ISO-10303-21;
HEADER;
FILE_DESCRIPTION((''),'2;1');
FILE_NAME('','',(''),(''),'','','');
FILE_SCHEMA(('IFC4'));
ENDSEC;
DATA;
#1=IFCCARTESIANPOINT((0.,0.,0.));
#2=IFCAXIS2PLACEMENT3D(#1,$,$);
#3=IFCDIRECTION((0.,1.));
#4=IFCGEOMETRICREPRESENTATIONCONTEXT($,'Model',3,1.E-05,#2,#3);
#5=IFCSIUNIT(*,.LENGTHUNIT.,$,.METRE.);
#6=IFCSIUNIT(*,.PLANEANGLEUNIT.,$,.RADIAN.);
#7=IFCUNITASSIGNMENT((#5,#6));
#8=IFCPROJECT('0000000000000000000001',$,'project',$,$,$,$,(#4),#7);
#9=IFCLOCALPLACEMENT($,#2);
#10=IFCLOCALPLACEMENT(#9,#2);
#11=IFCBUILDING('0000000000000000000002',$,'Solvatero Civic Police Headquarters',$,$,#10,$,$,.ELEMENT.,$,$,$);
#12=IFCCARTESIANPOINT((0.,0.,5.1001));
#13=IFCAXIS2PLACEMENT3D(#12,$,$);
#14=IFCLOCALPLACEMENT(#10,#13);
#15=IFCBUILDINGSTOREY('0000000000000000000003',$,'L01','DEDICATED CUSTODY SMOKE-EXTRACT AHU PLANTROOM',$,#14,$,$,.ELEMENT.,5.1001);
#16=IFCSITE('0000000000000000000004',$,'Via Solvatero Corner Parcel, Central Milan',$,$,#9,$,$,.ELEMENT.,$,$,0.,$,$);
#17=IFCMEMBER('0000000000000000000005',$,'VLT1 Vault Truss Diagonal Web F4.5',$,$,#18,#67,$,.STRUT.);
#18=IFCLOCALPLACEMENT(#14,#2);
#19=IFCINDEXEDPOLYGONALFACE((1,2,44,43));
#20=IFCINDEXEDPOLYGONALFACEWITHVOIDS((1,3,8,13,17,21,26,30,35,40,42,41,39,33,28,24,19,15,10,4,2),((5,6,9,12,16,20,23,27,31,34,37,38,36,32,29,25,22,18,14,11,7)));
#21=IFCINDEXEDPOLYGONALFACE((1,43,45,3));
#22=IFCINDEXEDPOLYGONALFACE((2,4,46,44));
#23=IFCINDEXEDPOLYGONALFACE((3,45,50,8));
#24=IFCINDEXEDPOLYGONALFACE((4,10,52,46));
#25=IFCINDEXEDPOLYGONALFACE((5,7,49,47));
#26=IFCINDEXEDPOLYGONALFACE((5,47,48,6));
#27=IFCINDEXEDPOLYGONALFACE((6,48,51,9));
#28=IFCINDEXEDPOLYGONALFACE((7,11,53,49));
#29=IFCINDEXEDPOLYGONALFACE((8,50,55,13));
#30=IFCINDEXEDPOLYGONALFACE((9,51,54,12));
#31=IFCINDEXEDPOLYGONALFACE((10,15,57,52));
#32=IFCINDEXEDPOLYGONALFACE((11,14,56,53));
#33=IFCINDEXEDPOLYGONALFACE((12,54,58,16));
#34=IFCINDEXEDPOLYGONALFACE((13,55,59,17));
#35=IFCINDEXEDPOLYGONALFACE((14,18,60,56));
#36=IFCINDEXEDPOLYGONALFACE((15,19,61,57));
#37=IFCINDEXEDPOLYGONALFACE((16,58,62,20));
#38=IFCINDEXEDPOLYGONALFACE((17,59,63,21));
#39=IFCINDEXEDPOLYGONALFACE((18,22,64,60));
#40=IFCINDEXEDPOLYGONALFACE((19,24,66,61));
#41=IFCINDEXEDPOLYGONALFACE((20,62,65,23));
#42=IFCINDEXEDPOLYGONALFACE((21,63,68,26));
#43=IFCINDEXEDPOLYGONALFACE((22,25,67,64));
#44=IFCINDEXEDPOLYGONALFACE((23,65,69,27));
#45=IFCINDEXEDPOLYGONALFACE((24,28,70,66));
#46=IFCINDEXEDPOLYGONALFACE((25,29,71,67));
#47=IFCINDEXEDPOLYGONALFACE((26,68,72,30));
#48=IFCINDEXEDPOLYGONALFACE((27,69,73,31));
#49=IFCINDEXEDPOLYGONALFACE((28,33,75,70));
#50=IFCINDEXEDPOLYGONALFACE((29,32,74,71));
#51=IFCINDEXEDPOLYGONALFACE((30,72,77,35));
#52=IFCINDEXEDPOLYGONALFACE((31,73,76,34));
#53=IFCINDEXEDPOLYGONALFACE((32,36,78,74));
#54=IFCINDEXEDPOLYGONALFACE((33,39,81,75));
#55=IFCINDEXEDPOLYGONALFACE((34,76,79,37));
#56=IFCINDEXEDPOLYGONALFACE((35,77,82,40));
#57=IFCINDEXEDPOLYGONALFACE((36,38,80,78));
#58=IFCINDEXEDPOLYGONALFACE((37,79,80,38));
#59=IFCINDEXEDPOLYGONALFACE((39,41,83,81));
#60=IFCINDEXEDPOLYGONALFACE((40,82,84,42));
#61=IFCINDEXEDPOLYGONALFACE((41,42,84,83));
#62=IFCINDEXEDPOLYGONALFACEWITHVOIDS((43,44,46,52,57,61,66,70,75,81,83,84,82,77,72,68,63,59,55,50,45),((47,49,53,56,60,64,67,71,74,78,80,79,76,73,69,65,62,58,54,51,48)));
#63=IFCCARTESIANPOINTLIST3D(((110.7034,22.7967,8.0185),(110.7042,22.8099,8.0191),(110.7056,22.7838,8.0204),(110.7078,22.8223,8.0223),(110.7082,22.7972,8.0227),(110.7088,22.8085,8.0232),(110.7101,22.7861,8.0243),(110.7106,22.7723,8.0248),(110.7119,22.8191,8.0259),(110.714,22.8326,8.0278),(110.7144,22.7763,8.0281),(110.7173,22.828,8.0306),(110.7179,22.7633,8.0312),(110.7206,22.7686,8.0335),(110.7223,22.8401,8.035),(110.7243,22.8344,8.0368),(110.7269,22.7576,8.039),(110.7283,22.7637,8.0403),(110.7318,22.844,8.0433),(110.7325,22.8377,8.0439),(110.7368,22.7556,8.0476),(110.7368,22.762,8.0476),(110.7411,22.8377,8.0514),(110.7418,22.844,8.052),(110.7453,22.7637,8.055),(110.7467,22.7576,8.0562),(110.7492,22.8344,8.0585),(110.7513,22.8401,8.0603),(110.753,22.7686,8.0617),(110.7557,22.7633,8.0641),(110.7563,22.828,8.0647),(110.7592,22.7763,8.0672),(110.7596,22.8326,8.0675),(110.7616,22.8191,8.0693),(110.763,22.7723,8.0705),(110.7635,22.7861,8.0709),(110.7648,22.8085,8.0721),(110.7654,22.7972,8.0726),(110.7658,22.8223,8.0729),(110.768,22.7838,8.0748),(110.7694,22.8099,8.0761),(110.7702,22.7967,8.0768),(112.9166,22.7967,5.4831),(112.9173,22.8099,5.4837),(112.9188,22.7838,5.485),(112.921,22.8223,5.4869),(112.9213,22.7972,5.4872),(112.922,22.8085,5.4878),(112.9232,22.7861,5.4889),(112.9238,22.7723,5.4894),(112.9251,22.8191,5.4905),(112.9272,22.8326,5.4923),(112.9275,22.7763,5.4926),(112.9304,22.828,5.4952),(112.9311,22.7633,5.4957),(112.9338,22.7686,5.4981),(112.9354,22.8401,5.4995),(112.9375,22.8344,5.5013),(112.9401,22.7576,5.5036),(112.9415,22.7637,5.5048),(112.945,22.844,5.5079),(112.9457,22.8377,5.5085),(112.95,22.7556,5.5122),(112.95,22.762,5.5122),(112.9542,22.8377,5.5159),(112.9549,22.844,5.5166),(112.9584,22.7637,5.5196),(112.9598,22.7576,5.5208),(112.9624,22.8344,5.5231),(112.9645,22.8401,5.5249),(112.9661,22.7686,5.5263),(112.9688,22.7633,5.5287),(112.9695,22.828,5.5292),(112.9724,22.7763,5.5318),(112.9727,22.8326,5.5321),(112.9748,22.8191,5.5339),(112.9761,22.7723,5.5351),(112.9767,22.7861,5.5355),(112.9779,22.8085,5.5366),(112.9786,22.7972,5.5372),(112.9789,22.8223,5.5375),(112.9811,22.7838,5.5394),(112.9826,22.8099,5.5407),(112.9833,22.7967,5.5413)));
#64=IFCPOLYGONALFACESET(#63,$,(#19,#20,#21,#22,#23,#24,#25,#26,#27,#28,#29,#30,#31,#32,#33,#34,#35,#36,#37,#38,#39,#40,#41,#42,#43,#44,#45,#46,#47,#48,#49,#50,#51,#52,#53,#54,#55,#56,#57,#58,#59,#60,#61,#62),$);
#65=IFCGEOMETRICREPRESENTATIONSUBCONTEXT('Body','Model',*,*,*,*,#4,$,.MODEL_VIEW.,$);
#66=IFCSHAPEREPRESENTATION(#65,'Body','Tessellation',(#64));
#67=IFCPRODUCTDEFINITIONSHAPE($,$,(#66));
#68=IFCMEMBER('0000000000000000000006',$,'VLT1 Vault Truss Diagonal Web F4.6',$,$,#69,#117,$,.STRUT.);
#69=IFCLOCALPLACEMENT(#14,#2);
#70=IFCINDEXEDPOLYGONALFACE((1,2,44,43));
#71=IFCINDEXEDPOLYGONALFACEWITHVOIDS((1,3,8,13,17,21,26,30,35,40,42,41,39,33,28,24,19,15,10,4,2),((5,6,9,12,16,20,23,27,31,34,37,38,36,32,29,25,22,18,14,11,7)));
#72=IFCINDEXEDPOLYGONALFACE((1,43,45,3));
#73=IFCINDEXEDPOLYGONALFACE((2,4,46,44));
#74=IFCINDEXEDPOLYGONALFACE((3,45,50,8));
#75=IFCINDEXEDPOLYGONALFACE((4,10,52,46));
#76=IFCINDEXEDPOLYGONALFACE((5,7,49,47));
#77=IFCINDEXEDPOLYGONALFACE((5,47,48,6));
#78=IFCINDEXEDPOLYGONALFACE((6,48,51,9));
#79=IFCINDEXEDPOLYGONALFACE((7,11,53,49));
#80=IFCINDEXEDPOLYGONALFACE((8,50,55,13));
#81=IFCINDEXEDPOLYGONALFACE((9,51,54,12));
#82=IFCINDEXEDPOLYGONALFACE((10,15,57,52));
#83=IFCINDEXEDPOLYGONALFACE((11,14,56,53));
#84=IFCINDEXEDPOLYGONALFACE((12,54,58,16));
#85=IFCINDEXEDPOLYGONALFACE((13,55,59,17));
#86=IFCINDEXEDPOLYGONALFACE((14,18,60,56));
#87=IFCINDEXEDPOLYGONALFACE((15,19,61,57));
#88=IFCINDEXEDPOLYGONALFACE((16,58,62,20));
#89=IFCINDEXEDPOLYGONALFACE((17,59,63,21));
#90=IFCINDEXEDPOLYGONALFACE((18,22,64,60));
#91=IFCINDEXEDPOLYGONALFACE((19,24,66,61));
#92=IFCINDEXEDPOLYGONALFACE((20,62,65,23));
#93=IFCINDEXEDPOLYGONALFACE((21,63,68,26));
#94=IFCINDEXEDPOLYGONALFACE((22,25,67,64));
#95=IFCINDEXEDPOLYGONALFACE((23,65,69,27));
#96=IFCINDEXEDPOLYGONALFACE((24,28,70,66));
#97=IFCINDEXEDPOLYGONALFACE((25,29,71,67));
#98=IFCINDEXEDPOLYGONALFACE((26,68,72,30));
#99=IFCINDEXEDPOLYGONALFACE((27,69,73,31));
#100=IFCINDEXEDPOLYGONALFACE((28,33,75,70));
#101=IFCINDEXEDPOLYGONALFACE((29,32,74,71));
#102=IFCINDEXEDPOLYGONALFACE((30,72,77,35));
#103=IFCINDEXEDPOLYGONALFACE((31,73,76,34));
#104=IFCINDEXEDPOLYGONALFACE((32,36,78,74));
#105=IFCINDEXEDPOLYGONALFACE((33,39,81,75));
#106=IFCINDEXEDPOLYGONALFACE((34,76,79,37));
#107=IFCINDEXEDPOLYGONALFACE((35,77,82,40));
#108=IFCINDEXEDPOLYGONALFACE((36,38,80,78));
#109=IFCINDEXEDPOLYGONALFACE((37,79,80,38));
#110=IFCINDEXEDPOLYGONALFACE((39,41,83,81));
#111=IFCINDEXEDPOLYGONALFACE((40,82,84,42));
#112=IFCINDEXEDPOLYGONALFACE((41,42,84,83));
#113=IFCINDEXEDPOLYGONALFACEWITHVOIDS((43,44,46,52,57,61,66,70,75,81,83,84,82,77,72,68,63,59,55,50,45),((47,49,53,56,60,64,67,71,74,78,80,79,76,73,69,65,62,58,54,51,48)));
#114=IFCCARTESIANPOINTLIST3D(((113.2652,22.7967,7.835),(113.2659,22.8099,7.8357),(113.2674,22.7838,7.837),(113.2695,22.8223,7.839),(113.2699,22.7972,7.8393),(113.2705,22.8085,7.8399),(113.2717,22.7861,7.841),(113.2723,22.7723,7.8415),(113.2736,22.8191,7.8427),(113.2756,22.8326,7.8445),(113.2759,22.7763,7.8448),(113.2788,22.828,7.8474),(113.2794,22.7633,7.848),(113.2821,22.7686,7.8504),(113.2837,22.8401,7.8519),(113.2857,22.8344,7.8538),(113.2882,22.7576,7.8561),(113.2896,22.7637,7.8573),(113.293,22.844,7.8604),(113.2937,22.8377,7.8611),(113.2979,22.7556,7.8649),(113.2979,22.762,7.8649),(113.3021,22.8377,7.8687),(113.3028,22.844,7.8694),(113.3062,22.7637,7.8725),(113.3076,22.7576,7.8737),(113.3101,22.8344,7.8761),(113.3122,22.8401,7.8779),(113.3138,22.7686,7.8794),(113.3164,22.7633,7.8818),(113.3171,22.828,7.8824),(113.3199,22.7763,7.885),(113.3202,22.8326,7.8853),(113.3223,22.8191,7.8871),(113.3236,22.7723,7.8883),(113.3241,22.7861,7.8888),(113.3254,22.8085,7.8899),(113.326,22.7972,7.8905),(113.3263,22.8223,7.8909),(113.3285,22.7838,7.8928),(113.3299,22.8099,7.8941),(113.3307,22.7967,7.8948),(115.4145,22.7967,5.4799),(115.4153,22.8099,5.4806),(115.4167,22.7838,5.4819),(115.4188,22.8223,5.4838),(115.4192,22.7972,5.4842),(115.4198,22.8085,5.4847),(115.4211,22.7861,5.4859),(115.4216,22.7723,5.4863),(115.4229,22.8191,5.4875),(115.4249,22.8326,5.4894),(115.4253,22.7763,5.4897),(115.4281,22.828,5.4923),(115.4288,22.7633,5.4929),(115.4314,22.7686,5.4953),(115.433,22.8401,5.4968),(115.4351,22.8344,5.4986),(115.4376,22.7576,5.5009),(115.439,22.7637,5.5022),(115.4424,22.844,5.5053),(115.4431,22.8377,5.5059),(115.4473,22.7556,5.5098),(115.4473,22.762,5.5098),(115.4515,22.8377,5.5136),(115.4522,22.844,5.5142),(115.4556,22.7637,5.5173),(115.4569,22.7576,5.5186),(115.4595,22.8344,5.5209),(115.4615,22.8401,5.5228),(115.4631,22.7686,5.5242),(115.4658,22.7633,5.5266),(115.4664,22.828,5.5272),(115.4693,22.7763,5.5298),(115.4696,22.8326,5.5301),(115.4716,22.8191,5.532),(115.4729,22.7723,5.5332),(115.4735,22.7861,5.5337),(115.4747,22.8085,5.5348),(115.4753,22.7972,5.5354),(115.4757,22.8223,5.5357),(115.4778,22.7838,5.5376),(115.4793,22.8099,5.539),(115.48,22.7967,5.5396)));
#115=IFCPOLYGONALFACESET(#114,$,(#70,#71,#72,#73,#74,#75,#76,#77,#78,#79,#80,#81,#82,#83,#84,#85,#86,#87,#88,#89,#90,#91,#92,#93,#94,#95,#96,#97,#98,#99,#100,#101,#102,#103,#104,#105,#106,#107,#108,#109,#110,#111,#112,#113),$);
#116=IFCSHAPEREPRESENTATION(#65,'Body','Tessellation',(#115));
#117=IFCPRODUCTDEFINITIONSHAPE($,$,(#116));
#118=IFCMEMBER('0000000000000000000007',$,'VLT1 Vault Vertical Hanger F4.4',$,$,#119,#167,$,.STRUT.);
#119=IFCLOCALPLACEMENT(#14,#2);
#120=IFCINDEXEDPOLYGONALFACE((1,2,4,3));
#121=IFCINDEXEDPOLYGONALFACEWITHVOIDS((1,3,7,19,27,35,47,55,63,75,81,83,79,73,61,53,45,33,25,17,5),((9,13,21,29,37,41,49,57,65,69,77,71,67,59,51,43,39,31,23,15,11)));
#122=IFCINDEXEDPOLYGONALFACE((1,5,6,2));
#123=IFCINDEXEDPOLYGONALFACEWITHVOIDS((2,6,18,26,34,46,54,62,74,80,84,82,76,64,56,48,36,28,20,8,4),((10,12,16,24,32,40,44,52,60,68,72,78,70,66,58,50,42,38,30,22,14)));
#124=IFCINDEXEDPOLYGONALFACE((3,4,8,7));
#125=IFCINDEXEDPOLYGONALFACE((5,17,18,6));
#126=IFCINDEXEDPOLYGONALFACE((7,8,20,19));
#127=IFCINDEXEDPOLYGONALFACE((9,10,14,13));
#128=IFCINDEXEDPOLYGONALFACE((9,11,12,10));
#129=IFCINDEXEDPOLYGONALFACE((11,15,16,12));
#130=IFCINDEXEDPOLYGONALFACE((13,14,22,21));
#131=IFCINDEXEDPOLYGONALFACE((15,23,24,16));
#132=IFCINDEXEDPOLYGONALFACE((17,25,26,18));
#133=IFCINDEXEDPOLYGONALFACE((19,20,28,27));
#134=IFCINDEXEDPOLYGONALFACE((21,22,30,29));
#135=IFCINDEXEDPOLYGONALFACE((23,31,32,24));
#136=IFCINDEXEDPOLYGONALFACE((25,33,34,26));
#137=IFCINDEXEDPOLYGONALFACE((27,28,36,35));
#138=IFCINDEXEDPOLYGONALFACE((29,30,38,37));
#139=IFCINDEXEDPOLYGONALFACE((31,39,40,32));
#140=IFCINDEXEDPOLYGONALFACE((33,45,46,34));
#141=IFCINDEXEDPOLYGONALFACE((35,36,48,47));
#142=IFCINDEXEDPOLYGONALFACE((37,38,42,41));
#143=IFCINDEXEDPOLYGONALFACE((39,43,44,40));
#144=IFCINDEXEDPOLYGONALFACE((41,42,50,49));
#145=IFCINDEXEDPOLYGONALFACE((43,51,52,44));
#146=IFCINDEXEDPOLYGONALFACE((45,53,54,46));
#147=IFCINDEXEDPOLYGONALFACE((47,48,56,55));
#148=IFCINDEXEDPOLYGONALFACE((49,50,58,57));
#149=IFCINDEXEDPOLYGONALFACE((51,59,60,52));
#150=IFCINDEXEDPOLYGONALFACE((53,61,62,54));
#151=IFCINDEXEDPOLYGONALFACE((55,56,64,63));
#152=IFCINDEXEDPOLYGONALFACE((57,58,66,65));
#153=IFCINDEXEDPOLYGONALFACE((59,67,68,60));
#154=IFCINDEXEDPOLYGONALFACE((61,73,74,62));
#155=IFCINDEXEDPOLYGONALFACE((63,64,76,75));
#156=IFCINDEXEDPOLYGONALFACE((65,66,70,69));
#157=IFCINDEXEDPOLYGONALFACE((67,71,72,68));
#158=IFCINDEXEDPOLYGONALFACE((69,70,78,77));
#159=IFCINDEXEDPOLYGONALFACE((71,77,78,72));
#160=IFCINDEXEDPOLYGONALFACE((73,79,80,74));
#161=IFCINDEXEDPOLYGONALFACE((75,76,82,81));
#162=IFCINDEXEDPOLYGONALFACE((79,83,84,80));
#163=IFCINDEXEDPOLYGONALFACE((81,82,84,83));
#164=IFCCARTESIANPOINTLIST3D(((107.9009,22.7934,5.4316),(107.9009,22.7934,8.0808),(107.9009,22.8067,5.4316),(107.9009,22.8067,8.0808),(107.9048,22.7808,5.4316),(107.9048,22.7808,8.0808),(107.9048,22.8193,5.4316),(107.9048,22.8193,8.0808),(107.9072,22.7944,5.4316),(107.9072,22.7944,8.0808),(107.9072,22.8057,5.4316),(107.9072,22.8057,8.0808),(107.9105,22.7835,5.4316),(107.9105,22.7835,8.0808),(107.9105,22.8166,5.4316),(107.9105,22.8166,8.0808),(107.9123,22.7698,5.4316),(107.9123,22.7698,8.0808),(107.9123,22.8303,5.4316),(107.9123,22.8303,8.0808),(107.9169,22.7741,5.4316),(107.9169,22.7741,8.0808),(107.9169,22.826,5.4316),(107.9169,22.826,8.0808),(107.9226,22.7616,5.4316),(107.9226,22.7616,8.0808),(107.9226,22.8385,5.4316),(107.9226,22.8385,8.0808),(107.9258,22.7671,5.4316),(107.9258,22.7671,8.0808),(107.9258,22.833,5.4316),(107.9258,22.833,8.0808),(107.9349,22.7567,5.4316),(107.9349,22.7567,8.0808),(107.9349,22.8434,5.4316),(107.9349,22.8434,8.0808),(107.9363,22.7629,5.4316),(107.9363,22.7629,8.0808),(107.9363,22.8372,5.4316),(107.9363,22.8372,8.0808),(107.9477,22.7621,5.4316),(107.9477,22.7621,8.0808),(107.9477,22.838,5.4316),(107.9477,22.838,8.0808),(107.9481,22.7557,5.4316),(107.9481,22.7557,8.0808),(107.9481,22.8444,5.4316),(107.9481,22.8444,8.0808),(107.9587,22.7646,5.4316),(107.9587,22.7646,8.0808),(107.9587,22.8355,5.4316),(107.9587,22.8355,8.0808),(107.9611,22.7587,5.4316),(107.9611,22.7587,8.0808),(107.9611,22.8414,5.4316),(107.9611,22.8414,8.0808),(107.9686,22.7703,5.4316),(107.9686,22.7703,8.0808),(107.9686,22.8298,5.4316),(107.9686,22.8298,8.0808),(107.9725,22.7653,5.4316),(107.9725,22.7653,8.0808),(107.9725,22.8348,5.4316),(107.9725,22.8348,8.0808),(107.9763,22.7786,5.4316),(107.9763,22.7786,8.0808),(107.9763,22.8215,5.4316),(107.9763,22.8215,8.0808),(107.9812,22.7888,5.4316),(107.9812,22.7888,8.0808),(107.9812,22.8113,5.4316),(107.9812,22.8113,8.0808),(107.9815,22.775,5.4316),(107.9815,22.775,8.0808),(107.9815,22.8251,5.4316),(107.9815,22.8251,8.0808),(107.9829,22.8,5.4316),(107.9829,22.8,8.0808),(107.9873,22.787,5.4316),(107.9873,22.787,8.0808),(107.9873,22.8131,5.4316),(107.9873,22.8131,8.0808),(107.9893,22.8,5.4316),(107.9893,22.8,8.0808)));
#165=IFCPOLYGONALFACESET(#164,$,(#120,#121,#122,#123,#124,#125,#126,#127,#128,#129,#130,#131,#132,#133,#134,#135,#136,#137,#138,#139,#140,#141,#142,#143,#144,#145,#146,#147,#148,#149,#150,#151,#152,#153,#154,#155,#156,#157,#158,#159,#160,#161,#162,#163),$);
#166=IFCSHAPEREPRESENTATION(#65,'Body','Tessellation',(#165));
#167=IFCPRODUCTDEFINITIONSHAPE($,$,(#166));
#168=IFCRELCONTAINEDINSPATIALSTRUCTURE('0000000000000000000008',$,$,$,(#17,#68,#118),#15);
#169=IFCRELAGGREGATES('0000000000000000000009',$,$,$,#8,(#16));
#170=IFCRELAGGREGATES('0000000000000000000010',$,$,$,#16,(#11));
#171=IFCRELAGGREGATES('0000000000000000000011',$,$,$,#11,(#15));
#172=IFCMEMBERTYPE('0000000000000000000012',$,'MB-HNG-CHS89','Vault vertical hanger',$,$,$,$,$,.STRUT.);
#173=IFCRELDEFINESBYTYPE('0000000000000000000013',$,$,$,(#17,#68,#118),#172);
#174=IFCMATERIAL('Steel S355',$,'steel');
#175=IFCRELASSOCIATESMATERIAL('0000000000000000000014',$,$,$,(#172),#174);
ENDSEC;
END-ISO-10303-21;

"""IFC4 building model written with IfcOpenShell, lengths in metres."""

from ifc_helpers import new_model, si_unit, direction, frame, origin, origin_2d, place, context, subcontext, project, spatial, hollow_circle, extrude, material, material_profile, profile_set, type_object, element, save


model = new_model("IFC4")

# Units and contexts
model_context = context("Model", 3, precision=1e-05, world=origin(), true_north=direction((0.0, 1.0)))
body_context = subcontext(model_context, "Body", "Model", "MODEL_VIEW")
ifc_project = project(units=[si_unit("LENGTHUNIT", "METRE"), si_unit("PLANEANGLEUNIT", "RADIAN")], contexts=[model_context])

# Site, building, storey
site_placement = place(None, origin())
site = spatial("IfcSite", under=ifc_project, at=site_placement, Name="Via Solvatero Corner Parcel, Central Milan", CompositionType="ELEMENT", RefElevation=0.0)
building_placement = place(site_placement, origin())
building = spatial("IfcBuilding", under=site, at=building_placement, Name="Solvatero Civic Police Headquarters", CompositionType="ELEMENT")
storey_placement = place(building_placement, frame((0.0, 0.0, 5.1001)))
storey = spatial("IfcBuildingStorey", under=building, at=storey_placement, Name="L01", Description="DEDICATED CUSTODY SMOKE-EXTRACT AHU PLANTROOM", CompositionType="ELEMENT", Elevation=5.1001)

# Shared definitions
ifc_material = material(Name="Steel S355", Category="steel")

# Members
ifc_material_profile_1 = material_profile(ifc_material, hollow_circle(Radius=0.0444, WallThickness=0.0063, at=origin_2d()), Name="CHS 88.9x6.3")
ifc_profile_set_1 = profile_set([ifc_material_profile_1], Name="Steel S355")
member_type_1 = type_object("IfcMemberType", Name="MB-HNG-CHS89", Description="Vault vertical hanger", PredefinedType="STRUT", material=ifc_profile_set_1)
for number, where, z_axis, x_axis, name in (
    (1, (112.95, 22.8, 5.5122), (-0.657605, 0.0, 0.753363), (0.0, -1.0, 0.0), "VLT1 Vault Truss Diagonal Web F4.5"),
):
    element("IfcMember", number, at=place(storey_placement, frame(where, z_axis=z_axis, x_axis=x_axis)), inside=storey, type_object=member_type_1, Name=name, PredefinedType="STRUT", context=body_context, shape_type="SweptSolid", body=[
        extrude(hollow_circle(Radius=0.0444, WallThickness=0.0063, at=origin_2d()), origin(), (0.0, 0.0, 1.0), 3.3655),
    ])
member_1_placement = place(storey_placement, frame((115.4473, 22.8, 5.5098), z_axis=(-0.674097, 0.0, 0.738643), x_axis=(0.0, -1.0, 0.0)))
element("IfcMember", 2, at=member_1_placement, inside=storey, type_object=member_type_1, Name="VLT1 Vault Truss Diagonal Web F4.6", PredefinedType="STRUT", context=body_context, shape_type="SweptSolid", body=[
    extrude(hollow_circle(Radius=0.0444, WallThickness=0.0063, at=origin_2d()), origin(), (0.0, 0.0, 1.0), 3.1885),
])
member_2_placement = place(storey_placement, frame((107.9448, 22.8, 5.4316), z_axis=(0.0, 0.0, 1.0), x_axis=(1.0, 0.0, 0.0)))
element("IfcMember", 3, at=member_2_placement, inside=storey, type_object=member_type_1, Name="VLT1 Vault Vertical Hanger F4.4", PredefinedType="STRUT", context=body_context, shape_type="SweptSolid", body=[
    extrude(hollow_circle(Radius=0.0444, WallThickness=0.0063, at=origin_2d()), origin(), (0.0, 0.0, 1.0), 2.6492),
])

save(model, "model.ifc")
